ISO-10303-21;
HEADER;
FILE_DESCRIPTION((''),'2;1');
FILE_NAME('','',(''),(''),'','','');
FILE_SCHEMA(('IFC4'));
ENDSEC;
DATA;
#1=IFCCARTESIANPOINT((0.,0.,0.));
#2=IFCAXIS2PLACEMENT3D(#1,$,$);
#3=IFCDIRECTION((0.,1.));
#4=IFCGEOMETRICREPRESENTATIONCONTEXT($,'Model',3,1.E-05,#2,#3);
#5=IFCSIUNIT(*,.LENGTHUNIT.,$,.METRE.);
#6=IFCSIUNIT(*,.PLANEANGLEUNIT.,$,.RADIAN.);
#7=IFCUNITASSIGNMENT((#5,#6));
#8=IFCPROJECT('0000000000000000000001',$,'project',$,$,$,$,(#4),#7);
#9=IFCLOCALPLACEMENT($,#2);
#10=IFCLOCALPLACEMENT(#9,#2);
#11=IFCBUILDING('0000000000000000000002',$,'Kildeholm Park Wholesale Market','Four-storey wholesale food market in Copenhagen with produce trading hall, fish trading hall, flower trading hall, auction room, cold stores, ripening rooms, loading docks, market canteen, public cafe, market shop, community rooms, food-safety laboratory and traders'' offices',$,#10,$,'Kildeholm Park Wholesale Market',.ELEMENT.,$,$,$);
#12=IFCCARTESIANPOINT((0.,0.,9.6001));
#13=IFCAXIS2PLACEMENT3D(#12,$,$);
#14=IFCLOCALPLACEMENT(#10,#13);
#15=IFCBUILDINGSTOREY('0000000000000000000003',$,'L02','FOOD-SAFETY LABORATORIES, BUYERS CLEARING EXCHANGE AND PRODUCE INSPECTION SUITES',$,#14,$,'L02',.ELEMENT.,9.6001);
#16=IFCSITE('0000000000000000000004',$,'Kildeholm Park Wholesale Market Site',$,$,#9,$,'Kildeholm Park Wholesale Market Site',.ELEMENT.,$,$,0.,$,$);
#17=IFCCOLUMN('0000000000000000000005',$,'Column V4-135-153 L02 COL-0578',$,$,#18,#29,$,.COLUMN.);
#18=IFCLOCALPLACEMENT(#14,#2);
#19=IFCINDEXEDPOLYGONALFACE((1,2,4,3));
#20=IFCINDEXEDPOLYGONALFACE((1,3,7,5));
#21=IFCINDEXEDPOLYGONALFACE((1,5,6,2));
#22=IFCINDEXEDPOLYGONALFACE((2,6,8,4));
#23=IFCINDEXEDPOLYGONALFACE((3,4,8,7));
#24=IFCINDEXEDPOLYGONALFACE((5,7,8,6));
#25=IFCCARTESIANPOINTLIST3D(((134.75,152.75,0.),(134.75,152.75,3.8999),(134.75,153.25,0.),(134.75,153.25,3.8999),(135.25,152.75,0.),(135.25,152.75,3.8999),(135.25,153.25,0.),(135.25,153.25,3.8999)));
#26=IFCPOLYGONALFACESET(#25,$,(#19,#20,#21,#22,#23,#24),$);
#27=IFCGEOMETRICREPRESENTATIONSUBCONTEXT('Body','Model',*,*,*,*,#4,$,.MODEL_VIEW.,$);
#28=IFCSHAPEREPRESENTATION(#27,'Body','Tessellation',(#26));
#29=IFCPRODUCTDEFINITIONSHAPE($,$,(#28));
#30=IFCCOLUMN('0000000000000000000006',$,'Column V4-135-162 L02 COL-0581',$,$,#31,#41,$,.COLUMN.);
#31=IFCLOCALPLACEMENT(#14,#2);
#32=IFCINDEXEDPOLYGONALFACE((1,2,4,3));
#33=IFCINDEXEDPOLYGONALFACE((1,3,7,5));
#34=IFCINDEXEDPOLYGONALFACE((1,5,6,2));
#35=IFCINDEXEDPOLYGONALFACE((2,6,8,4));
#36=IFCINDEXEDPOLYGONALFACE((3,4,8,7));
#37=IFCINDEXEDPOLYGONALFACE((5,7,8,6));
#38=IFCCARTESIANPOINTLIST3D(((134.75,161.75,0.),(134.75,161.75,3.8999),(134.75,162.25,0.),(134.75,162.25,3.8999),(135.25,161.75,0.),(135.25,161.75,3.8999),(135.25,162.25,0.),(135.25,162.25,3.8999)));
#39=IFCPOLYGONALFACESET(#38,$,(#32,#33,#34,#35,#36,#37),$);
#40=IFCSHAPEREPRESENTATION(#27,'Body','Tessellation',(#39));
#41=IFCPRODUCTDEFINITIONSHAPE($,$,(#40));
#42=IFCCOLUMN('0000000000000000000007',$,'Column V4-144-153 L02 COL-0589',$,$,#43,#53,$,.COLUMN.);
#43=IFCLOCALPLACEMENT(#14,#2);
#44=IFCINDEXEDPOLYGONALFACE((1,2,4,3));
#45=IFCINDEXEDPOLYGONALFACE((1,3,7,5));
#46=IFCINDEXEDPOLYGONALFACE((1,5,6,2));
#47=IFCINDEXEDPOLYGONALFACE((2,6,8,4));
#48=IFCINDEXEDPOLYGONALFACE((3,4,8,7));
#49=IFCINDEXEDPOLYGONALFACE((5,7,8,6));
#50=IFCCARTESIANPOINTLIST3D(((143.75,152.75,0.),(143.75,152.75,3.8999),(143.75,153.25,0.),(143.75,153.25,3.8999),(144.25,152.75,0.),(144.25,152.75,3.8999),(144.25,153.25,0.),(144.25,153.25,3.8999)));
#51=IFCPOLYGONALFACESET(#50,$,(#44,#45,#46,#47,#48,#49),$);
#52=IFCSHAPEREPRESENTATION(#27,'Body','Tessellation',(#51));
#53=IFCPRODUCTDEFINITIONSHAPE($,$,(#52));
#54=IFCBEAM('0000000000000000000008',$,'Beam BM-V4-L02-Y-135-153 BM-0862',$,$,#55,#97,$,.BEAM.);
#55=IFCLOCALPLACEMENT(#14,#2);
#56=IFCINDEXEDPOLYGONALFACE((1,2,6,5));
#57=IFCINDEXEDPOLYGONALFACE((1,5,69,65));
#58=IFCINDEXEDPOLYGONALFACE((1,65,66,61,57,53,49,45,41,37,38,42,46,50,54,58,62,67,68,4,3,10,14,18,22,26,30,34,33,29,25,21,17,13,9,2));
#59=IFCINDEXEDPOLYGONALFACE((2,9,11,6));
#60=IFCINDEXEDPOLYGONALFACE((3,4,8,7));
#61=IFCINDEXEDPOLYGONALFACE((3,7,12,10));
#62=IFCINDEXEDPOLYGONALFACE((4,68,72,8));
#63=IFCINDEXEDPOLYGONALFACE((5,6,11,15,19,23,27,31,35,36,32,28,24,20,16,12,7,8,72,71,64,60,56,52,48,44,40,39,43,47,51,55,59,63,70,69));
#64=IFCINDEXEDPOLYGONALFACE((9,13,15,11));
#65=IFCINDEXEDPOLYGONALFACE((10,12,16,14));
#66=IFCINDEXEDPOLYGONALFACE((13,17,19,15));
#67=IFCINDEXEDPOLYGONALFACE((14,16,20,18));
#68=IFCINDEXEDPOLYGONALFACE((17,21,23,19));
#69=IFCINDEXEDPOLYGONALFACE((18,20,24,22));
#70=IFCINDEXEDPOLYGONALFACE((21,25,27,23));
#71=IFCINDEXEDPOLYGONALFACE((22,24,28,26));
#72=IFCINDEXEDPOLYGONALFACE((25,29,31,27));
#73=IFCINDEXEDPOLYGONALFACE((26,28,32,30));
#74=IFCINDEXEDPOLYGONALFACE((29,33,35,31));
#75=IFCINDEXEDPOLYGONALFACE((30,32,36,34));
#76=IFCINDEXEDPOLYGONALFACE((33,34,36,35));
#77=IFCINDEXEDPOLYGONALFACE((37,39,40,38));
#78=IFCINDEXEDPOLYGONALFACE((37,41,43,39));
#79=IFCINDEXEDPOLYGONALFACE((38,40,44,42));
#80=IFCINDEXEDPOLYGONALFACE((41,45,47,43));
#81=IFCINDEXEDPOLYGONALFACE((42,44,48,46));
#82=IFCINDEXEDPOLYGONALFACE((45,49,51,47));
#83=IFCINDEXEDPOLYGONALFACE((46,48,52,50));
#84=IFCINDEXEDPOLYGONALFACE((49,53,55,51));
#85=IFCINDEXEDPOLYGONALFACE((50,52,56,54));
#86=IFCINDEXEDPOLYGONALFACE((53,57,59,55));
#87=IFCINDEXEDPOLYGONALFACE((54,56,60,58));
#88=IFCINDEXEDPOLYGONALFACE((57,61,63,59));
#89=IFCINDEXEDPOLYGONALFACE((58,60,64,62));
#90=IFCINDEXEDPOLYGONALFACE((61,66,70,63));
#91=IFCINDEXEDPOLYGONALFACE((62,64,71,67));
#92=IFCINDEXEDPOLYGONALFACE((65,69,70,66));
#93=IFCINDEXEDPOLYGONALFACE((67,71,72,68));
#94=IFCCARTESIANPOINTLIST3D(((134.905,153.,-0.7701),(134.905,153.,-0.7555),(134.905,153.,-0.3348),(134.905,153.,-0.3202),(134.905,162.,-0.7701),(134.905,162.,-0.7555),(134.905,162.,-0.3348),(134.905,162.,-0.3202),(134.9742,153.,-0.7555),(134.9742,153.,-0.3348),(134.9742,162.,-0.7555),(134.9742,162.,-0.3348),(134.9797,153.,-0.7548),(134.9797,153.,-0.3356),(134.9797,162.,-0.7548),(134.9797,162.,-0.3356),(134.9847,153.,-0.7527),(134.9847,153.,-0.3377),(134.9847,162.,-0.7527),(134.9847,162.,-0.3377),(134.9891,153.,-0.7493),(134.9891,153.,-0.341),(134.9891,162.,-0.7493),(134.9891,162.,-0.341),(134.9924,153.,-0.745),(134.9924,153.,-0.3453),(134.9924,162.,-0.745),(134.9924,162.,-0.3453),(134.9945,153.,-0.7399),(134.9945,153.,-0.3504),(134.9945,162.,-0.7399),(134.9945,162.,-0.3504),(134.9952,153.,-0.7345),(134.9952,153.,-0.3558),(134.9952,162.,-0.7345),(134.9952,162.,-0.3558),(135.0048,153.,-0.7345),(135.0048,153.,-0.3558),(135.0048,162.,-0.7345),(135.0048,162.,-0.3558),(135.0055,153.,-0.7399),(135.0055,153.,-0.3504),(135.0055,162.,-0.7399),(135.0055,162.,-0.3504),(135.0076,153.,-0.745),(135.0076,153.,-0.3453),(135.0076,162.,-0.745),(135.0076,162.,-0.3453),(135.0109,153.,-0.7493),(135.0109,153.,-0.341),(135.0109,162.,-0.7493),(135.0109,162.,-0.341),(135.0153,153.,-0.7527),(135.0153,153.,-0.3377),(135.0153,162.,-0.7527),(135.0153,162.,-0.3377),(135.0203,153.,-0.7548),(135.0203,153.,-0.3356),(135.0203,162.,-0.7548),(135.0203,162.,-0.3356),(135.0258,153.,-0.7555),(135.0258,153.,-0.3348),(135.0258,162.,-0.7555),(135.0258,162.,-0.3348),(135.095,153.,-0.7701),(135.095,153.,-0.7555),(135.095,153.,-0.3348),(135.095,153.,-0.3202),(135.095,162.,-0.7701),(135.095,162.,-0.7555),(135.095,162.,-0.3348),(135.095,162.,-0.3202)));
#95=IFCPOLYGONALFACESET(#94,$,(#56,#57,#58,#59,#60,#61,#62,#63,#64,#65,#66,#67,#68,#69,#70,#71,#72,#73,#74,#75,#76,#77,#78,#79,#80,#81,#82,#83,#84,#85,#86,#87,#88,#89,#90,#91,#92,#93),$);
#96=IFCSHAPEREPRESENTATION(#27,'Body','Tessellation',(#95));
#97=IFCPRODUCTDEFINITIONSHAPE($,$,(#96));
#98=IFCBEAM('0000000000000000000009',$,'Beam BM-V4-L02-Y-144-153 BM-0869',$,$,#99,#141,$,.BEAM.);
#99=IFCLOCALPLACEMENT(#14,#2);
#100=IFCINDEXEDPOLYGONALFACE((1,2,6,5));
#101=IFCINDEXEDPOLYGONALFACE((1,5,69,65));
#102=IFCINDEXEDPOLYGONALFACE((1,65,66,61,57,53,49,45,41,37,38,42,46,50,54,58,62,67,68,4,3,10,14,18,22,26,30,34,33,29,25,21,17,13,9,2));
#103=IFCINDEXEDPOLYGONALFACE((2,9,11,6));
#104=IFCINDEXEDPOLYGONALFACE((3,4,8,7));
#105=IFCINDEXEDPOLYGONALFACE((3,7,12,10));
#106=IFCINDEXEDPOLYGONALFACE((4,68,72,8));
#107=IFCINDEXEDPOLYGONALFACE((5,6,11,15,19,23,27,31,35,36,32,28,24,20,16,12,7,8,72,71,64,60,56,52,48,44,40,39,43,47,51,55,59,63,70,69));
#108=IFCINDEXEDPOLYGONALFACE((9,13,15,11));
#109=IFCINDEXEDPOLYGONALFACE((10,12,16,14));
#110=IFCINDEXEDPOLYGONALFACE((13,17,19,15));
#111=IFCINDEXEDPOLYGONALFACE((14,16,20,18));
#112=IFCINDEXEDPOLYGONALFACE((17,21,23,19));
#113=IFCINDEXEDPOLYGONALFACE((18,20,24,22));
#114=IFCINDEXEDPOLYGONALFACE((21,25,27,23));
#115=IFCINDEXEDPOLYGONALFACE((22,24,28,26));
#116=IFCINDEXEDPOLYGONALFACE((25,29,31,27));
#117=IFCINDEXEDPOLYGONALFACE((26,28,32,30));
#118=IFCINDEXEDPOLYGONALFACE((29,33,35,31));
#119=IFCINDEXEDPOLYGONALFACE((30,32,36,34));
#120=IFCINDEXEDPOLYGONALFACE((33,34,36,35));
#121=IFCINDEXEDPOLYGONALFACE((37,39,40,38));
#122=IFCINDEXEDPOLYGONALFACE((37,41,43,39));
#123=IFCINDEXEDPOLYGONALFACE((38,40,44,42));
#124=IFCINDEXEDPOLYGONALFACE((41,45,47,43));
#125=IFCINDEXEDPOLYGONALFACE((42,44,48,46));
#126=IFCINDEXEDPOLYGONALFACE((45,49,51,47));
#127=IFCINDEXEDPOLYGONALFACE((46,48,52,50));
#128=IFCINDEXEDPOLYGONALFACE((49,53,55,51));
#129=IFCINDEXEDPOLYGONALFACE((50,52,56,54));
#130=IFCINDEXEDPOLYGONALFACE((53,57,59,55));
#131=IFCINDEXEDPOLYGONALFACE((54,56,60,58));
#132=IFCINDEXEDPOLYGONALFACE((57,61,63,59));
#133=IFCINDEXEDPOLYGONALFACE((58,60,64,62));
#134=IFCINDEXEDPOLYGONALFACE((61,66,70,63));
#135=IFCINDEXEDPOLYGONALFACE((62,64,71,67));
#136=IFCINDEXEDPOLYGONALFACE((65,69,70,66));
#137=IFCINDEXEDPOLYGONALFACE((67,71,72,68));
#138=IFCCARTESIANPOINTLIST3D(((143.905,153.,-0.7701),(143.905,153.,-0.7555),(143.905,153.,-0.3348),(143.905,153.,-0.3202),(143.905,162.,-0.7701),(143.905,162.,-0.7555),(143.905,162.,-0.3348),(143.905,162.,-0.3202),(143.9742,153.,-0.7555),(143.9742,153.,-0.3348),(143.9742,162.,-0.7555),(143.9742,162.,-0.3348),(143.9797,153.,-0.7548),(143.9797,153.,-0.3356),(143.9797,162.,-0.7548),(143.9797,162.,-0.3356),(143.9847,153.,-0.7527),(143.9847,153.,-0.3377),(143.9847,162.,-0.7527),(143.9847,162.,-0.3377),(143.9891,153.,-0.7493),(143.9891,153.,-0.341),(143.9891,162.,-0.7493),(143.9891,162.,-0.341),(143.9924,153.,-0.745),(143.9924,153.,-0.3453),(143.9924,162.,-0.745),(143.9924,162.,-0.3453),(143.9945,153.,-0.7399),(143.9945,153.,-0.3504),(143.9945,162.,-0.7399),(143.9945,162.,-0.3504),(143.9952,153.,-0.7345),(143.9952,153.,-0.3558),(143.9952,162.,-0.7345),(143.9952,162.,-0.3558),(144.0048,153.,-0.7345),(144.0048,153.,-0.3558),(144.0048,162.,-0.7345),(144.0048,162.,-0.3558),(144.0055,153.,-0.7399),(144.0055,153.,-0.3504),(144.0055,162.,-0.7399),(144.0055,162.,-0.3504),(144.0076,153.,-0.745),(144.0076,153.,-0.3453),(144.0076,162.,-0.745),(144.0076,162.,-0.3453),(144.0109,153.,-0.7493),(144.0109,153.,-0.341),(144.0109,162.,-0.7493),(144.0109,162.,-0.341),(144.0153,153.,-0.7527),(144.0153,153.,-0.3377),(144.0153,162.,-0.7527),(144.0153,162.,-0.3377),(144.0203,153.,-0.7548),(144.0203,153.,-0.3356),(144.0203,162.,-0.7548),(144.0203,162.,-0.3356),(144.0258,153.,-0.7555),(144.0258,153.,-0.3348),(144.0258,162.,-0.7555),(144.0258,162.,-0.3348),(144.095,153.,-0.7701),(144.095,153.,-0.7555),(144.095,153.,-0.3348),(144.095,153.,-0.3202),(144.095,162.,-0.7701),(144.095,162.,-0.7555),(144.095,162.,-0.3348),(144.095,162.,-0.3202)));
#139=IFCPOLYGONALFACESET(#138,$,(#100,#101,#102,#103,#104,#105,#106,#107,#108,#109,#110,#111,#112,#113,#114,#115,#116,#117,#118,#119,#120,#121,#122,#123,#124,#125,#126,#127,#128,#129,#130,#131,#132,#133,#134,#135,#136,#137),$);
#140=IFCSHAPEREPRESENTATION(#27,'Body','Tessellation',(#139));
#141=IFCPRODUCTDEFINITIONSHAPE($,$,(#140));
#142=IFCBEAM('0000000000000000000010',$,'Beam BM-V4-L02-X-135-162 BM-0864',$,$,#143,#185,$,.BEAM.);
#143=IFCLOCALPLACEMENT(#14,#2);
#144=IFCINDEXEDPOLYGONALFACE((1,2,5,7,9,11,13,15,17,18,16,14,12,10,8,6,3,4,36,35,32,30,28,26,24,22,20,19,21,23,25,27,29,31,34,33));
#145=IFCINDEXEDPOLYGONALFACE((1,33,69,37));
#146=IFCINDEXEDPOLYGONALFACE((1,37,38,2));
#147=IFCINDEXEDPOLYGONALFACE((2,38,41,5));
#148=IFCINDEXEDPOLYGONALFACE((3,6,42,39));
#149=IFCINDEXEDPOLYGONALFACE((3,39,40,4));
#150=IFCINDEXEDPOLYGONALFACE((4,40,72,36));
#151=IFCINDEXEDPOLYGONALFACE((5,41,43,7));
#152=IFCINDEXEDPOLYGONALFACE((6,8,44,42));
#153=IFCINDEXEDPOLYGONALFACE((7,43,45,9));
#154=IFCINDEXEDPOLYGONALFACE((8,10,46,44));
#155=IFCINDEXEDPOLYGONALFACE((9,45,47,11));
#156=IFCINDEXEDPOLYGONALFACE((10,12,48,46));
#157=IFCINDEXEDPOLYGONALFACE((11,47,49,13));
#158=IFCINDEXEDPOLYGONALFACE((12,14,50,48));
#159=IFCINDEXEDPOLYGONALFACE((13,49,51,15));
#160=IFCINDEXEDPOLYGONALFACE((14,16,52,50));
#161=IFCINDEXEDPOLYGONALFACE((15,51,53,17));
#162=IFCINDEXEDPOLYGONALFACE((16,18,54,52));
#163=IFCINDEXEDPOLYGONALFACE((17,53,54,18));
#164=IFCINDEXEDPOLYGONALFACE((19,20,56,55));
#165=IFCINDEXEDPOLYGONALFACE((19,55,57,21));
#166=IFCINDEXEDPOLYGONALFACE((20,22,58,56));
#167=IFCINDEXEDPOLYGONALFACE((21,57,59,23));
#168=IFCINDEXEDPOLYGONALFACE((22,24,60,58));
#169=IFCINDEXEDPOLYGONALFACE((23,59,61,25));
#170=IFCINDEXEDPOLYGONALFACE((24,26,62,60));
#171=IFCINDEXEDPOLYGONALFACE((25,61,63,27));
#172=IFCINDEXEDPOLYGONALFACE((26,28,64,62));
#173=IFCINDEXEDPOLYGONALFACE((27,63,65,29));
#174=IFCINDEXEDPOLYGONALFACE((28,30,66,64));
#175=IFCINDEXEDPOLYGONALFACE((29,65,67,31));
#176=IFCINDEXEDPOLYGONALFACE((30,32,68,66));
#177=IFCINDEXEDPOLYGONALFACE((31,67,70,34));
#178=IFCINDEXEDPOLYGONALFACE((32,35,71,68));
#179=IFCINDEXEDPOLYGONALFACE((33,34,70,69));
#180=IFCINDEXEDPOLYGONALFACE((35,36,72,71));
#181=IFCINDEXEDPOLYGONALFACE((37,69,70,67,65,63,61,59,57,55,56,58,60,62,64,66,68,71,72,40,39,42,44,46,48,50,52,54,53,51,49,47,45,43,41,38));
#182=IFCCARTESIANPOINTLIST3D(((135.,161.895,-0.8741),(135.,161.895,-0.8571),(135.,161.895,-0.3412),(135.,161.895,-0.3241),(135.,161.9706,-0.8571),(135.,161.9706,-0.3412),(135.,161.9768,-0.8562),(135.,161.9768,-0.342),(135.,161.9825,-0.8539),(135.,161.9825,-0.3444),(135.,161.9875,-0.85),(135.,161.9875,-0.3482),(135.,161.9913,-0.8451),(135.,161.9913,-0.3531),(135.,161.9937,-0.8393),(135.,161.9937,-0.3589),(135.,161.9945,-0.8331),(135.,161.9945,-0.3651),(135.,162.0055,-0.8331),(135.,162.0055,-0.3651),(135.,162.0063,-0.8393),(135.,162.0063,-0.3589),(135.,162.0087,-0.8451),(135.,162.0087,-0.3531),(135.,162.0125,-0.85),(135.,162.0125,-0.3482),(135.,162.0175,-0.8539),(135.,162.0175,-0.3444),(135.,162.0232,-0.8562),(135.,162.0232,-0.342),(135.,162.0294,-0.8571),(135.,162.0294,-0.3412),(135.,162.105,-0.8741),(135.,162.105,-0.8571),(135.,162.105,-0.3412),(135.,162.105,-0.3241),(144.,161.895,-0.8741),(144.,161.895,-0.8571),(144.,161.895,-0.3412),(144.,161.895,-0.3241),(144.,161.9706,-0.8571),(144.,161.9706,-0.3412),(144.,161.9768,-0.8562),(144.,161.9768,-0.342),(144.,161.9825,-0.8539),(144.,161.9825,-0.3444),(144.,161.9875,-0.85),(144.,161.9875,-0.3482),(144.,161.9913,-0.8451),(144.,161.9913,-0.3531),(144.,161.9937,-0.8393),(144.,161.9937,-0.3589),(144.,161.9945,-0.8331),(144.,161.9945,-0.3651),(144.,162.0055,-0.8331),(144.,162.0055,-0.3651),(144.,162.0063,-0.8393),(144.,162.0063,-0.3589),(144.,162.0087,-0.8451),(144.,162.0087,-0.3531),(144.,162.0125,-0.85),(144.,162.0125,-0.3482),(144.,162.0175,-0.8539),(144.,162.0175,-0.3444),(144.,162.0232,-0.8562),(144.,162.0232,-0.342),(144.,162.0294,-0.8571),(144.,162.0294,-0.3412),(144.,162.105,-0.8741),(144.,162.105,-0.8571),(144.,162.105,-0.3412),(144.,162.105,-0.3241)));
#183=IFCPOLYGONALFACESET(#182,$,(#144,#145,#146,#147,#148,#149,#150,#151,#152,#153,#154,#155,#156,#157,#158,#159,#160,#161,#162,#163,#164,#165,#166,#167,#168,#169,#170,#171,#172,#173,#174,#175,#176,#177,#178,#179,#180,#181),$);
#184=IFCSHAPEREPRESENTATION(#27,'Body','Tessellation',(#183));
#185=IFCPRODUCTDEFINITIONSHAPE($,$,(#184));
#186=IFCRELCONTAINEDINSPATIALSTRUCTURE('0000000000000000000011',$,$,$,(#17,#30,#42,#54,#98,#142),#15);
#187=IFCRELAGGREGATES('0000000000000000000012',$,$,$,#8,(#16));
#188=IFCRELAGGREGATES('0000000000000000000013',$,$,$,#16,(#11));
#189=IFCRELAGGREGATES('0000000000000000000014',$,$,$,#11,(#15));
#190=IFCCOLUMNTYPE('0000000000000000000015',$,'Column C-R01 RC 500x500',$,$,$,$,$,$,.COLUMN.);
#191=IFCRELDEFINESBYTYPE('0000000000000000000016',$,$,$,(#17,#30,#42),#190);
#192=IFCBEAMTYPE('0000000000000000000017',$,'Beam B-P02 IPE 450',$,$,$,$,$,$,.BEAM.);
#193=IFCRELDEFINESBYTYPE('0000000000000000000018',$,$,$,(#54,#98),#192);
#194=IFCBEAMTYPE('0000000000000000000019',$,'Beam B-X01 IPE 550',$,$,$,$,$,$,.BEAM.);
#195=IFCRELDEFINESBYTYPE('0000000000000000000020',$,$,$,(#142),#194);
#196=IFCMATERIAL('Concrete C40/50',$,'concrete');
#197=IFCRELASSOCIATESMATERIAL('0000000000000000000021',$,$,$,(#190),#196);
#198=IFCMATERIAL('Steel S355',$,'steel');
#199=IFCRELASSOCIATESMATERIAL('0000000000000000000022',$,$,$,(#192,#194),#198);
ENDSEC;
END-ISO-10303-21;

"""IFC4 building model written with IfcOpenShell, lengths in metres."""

from ifc_helpers import new_model, si_unit, direction, frame, origin, origin_2d, place, context, subcontext, project, spatial, rectangle, i_section, extrude, material, material_profile, profile_set, type_object, element, save


model = new_model("IFC4")

# Units and contexts
model_context = context("Model", 3, precision=1e-05, world=origin(), true_north=direction((0.0, 1.0)))
body_context = subcontext(model_context, "Body", "Model", "MODEL_VIEW")
ifc_project = project(units=[si_unit("LENGTHUNIT", "METRE"), si_unit("PLANEANGLEUNIT", "RADIAN")], contexts=[model_context])

# Site, building, storey
site_placement = place(None, origin())
site = spatial("IfcSite", under=ifc_project, at=site_placement, Name="Kildeholm Park Wholesale Market Site", LongName="Kildeholm Park Wholesale Market Site", CompositionType="ELEMENT", RefElevation=0.0)
building_placement = place(site_placement, origin())
building = spatial("IfcBuilding", under=site, at=building_placement, Name="Kildeholm Park Wholesale Market", Description="Four-storey wholesale food market in Copenhagen with produce trading hall, fish trading hall, flower trading hall, auction room, cold stores, ripening rooms, loading docks, market canteen, public cafe, market shop, community rooms, food-safety laboratory and traders' offices", LongName="Kildeholm Park Wholesale Market", CompositionType="ELEMENT")
storey_placement = place(building_placement, frame((0.0, 0.0, 9.6001)))
storey = spatial("IfcBuildingStorey", under=building, at=storey_placement, Name="L02", Description="FOOD-SAFETY LABORATORIES, BUYERS CLEARING EXCHANGE AND PRODUCE INSPECTION SUITES", LongName="L02", CompositionType="ELEMENT", Elevation=9.6001)

# Columns
ifc_material_1 = material(Name="Concrete C40/50", Category="concrete")
ifc_material_profile_1 = material_profile(ifc_material_1, rectangle(XDim=0.5, YDim=0.5, at=origin_2d()), Name="RC 500x500")
ifc_profile_set_1 = profile_set([ifc_material_profile_1], Name="Concrete C40/50")
column_type = type_object("IfcColumnType", Name="Column C-R01 RC 500x500", PredefinedType="COLUMN", material=ifc_profile_set_1)
for number, where, z_axis, x_axis, name in (
    (1, (135.0, 153.0, 0.0), (0.0, 0.0, 1.0), (1.0, 0.0, 0.0), "Column V4-135-153 L02 COL-0578"),
    (2, (135.0, 162.0, 0.0), (0.0, 0.0, 1.0), (1.0, 0.0, 0.0), "Column V4-135-162 L02 COL-0581"),
    (3, (144.0, 153.0, 0.0), (0.0, 0.0, 1.0), (1.0, 0.0, 0.0), "Column V4-144-153 L02 COL-0589"),
):
    element("IfcColumn", number, at=place(storey_placement, frame(where, z_axis=z_axis, x_axis=x_axis)), inside=storey, type_object=column_type, Name=name, PredefinedType="COLUMN", context=body_context, shape_type="SweptSolid", body=[
        extrude(rectangle(XDim=0.5, YDim=0.5, at=origin_2d()), origin(), (0.0, 0.0, 1.0), 3.8999),
    ])

# Beams
ifc_material_2 = material(Name="Steel S355", Category="steel")
ifc_material_profile_2 = material_profile(ifc_material_2, i_section(OverallWidth=0.1899, OverallDepth=0.45, WebThickness=0.0095, FlangeThickness=0.0146, FilletRadius=0.021, at=origin_2d()), Name="IPE 450")
ifc_profile_set_2 = profile_set([ifc_material_profile_2], Name="Steel S355")
beam_type_1 = type_object("IfcBeamType", Name="Beam B-P02 IPE 450", PredefinedType="BEAM", material=ifc_profile_set_2)
for number, where, z_axis, x_axis, name in (
    (4, (135.0, 153.0, -0.5452), (0.0, 1.0, 0.0), (-1.0, 0.0, 0.0), "Beam BM-V4-L02-Y-135-153 BM-0862"),
    (5, (144.0, 153.0, -0.5452), (0.0, 1.0, 0.0), (-1.0, 0.0, 0.0), "Beam BM-V4-L02-Y-144-153 BM-0869"),
):
    element("IfcBeam", number, at=place(storey_placement, frame(where, z_axis=z_axis, x_axis=x_axis)), inside=storey, type_object=beam_type_1, Name=name, PredefinedType="BEAM", context=body_context, shape_type="SweptSolid", body=[
        extrude(i_section(OverallWidth=0.1899, OverallDepth=0.45, WebThickness=0.0095, FlangeThickness=0.0146, FilletRadius=0.021, at=origin_2d()), origin(), (0.0, 0.0, 1.0), 9.0),
    ])
ifc_material_profile_3 = material_profile(ifc_material_2, i_section(OverallWidth=0.21, OverallDepth=0.55, WebThickness=0.011, FlangeThickness=0.0171, FilletRadius=0.0239, at=origin_2d()), Name="IPE 550")
ifc_profile_set_3 = profile_set([ifc_material_profile_3], Name="Steel S355")
beam_type_2 = type_object("IfcBeamType", Name="Beam B-X01 IPE 550", PredefinedType="BEAM", material=ifc_profile_set_3)
beam_placement = place(storey_placement, frame((135.0, 162.0, -0.5991), z_axis=(1.0, 0.0, 0.0), x_axis=(0.0, 1.0, 0.0)))
element("IfcBeam", 6, at=beam_placement, inside=storey, type_object=beam_type_2, Name="Beam BM-V4-L02-X-135-162 BM-0864", PredefinedType="BEAM", context=body_context, shape_type="SweptSolid", body=[
    extrude(i_section(OverallWidth=0.21, OverallDepth=0.55, WebThickness=0.011, FlangeThickness=0.0171, FilletRadius=0.0239, at=origin_2d()), origin(), (0.0, 0.0, 1.0), 9.0),
])

save(model, "model.ifc")
